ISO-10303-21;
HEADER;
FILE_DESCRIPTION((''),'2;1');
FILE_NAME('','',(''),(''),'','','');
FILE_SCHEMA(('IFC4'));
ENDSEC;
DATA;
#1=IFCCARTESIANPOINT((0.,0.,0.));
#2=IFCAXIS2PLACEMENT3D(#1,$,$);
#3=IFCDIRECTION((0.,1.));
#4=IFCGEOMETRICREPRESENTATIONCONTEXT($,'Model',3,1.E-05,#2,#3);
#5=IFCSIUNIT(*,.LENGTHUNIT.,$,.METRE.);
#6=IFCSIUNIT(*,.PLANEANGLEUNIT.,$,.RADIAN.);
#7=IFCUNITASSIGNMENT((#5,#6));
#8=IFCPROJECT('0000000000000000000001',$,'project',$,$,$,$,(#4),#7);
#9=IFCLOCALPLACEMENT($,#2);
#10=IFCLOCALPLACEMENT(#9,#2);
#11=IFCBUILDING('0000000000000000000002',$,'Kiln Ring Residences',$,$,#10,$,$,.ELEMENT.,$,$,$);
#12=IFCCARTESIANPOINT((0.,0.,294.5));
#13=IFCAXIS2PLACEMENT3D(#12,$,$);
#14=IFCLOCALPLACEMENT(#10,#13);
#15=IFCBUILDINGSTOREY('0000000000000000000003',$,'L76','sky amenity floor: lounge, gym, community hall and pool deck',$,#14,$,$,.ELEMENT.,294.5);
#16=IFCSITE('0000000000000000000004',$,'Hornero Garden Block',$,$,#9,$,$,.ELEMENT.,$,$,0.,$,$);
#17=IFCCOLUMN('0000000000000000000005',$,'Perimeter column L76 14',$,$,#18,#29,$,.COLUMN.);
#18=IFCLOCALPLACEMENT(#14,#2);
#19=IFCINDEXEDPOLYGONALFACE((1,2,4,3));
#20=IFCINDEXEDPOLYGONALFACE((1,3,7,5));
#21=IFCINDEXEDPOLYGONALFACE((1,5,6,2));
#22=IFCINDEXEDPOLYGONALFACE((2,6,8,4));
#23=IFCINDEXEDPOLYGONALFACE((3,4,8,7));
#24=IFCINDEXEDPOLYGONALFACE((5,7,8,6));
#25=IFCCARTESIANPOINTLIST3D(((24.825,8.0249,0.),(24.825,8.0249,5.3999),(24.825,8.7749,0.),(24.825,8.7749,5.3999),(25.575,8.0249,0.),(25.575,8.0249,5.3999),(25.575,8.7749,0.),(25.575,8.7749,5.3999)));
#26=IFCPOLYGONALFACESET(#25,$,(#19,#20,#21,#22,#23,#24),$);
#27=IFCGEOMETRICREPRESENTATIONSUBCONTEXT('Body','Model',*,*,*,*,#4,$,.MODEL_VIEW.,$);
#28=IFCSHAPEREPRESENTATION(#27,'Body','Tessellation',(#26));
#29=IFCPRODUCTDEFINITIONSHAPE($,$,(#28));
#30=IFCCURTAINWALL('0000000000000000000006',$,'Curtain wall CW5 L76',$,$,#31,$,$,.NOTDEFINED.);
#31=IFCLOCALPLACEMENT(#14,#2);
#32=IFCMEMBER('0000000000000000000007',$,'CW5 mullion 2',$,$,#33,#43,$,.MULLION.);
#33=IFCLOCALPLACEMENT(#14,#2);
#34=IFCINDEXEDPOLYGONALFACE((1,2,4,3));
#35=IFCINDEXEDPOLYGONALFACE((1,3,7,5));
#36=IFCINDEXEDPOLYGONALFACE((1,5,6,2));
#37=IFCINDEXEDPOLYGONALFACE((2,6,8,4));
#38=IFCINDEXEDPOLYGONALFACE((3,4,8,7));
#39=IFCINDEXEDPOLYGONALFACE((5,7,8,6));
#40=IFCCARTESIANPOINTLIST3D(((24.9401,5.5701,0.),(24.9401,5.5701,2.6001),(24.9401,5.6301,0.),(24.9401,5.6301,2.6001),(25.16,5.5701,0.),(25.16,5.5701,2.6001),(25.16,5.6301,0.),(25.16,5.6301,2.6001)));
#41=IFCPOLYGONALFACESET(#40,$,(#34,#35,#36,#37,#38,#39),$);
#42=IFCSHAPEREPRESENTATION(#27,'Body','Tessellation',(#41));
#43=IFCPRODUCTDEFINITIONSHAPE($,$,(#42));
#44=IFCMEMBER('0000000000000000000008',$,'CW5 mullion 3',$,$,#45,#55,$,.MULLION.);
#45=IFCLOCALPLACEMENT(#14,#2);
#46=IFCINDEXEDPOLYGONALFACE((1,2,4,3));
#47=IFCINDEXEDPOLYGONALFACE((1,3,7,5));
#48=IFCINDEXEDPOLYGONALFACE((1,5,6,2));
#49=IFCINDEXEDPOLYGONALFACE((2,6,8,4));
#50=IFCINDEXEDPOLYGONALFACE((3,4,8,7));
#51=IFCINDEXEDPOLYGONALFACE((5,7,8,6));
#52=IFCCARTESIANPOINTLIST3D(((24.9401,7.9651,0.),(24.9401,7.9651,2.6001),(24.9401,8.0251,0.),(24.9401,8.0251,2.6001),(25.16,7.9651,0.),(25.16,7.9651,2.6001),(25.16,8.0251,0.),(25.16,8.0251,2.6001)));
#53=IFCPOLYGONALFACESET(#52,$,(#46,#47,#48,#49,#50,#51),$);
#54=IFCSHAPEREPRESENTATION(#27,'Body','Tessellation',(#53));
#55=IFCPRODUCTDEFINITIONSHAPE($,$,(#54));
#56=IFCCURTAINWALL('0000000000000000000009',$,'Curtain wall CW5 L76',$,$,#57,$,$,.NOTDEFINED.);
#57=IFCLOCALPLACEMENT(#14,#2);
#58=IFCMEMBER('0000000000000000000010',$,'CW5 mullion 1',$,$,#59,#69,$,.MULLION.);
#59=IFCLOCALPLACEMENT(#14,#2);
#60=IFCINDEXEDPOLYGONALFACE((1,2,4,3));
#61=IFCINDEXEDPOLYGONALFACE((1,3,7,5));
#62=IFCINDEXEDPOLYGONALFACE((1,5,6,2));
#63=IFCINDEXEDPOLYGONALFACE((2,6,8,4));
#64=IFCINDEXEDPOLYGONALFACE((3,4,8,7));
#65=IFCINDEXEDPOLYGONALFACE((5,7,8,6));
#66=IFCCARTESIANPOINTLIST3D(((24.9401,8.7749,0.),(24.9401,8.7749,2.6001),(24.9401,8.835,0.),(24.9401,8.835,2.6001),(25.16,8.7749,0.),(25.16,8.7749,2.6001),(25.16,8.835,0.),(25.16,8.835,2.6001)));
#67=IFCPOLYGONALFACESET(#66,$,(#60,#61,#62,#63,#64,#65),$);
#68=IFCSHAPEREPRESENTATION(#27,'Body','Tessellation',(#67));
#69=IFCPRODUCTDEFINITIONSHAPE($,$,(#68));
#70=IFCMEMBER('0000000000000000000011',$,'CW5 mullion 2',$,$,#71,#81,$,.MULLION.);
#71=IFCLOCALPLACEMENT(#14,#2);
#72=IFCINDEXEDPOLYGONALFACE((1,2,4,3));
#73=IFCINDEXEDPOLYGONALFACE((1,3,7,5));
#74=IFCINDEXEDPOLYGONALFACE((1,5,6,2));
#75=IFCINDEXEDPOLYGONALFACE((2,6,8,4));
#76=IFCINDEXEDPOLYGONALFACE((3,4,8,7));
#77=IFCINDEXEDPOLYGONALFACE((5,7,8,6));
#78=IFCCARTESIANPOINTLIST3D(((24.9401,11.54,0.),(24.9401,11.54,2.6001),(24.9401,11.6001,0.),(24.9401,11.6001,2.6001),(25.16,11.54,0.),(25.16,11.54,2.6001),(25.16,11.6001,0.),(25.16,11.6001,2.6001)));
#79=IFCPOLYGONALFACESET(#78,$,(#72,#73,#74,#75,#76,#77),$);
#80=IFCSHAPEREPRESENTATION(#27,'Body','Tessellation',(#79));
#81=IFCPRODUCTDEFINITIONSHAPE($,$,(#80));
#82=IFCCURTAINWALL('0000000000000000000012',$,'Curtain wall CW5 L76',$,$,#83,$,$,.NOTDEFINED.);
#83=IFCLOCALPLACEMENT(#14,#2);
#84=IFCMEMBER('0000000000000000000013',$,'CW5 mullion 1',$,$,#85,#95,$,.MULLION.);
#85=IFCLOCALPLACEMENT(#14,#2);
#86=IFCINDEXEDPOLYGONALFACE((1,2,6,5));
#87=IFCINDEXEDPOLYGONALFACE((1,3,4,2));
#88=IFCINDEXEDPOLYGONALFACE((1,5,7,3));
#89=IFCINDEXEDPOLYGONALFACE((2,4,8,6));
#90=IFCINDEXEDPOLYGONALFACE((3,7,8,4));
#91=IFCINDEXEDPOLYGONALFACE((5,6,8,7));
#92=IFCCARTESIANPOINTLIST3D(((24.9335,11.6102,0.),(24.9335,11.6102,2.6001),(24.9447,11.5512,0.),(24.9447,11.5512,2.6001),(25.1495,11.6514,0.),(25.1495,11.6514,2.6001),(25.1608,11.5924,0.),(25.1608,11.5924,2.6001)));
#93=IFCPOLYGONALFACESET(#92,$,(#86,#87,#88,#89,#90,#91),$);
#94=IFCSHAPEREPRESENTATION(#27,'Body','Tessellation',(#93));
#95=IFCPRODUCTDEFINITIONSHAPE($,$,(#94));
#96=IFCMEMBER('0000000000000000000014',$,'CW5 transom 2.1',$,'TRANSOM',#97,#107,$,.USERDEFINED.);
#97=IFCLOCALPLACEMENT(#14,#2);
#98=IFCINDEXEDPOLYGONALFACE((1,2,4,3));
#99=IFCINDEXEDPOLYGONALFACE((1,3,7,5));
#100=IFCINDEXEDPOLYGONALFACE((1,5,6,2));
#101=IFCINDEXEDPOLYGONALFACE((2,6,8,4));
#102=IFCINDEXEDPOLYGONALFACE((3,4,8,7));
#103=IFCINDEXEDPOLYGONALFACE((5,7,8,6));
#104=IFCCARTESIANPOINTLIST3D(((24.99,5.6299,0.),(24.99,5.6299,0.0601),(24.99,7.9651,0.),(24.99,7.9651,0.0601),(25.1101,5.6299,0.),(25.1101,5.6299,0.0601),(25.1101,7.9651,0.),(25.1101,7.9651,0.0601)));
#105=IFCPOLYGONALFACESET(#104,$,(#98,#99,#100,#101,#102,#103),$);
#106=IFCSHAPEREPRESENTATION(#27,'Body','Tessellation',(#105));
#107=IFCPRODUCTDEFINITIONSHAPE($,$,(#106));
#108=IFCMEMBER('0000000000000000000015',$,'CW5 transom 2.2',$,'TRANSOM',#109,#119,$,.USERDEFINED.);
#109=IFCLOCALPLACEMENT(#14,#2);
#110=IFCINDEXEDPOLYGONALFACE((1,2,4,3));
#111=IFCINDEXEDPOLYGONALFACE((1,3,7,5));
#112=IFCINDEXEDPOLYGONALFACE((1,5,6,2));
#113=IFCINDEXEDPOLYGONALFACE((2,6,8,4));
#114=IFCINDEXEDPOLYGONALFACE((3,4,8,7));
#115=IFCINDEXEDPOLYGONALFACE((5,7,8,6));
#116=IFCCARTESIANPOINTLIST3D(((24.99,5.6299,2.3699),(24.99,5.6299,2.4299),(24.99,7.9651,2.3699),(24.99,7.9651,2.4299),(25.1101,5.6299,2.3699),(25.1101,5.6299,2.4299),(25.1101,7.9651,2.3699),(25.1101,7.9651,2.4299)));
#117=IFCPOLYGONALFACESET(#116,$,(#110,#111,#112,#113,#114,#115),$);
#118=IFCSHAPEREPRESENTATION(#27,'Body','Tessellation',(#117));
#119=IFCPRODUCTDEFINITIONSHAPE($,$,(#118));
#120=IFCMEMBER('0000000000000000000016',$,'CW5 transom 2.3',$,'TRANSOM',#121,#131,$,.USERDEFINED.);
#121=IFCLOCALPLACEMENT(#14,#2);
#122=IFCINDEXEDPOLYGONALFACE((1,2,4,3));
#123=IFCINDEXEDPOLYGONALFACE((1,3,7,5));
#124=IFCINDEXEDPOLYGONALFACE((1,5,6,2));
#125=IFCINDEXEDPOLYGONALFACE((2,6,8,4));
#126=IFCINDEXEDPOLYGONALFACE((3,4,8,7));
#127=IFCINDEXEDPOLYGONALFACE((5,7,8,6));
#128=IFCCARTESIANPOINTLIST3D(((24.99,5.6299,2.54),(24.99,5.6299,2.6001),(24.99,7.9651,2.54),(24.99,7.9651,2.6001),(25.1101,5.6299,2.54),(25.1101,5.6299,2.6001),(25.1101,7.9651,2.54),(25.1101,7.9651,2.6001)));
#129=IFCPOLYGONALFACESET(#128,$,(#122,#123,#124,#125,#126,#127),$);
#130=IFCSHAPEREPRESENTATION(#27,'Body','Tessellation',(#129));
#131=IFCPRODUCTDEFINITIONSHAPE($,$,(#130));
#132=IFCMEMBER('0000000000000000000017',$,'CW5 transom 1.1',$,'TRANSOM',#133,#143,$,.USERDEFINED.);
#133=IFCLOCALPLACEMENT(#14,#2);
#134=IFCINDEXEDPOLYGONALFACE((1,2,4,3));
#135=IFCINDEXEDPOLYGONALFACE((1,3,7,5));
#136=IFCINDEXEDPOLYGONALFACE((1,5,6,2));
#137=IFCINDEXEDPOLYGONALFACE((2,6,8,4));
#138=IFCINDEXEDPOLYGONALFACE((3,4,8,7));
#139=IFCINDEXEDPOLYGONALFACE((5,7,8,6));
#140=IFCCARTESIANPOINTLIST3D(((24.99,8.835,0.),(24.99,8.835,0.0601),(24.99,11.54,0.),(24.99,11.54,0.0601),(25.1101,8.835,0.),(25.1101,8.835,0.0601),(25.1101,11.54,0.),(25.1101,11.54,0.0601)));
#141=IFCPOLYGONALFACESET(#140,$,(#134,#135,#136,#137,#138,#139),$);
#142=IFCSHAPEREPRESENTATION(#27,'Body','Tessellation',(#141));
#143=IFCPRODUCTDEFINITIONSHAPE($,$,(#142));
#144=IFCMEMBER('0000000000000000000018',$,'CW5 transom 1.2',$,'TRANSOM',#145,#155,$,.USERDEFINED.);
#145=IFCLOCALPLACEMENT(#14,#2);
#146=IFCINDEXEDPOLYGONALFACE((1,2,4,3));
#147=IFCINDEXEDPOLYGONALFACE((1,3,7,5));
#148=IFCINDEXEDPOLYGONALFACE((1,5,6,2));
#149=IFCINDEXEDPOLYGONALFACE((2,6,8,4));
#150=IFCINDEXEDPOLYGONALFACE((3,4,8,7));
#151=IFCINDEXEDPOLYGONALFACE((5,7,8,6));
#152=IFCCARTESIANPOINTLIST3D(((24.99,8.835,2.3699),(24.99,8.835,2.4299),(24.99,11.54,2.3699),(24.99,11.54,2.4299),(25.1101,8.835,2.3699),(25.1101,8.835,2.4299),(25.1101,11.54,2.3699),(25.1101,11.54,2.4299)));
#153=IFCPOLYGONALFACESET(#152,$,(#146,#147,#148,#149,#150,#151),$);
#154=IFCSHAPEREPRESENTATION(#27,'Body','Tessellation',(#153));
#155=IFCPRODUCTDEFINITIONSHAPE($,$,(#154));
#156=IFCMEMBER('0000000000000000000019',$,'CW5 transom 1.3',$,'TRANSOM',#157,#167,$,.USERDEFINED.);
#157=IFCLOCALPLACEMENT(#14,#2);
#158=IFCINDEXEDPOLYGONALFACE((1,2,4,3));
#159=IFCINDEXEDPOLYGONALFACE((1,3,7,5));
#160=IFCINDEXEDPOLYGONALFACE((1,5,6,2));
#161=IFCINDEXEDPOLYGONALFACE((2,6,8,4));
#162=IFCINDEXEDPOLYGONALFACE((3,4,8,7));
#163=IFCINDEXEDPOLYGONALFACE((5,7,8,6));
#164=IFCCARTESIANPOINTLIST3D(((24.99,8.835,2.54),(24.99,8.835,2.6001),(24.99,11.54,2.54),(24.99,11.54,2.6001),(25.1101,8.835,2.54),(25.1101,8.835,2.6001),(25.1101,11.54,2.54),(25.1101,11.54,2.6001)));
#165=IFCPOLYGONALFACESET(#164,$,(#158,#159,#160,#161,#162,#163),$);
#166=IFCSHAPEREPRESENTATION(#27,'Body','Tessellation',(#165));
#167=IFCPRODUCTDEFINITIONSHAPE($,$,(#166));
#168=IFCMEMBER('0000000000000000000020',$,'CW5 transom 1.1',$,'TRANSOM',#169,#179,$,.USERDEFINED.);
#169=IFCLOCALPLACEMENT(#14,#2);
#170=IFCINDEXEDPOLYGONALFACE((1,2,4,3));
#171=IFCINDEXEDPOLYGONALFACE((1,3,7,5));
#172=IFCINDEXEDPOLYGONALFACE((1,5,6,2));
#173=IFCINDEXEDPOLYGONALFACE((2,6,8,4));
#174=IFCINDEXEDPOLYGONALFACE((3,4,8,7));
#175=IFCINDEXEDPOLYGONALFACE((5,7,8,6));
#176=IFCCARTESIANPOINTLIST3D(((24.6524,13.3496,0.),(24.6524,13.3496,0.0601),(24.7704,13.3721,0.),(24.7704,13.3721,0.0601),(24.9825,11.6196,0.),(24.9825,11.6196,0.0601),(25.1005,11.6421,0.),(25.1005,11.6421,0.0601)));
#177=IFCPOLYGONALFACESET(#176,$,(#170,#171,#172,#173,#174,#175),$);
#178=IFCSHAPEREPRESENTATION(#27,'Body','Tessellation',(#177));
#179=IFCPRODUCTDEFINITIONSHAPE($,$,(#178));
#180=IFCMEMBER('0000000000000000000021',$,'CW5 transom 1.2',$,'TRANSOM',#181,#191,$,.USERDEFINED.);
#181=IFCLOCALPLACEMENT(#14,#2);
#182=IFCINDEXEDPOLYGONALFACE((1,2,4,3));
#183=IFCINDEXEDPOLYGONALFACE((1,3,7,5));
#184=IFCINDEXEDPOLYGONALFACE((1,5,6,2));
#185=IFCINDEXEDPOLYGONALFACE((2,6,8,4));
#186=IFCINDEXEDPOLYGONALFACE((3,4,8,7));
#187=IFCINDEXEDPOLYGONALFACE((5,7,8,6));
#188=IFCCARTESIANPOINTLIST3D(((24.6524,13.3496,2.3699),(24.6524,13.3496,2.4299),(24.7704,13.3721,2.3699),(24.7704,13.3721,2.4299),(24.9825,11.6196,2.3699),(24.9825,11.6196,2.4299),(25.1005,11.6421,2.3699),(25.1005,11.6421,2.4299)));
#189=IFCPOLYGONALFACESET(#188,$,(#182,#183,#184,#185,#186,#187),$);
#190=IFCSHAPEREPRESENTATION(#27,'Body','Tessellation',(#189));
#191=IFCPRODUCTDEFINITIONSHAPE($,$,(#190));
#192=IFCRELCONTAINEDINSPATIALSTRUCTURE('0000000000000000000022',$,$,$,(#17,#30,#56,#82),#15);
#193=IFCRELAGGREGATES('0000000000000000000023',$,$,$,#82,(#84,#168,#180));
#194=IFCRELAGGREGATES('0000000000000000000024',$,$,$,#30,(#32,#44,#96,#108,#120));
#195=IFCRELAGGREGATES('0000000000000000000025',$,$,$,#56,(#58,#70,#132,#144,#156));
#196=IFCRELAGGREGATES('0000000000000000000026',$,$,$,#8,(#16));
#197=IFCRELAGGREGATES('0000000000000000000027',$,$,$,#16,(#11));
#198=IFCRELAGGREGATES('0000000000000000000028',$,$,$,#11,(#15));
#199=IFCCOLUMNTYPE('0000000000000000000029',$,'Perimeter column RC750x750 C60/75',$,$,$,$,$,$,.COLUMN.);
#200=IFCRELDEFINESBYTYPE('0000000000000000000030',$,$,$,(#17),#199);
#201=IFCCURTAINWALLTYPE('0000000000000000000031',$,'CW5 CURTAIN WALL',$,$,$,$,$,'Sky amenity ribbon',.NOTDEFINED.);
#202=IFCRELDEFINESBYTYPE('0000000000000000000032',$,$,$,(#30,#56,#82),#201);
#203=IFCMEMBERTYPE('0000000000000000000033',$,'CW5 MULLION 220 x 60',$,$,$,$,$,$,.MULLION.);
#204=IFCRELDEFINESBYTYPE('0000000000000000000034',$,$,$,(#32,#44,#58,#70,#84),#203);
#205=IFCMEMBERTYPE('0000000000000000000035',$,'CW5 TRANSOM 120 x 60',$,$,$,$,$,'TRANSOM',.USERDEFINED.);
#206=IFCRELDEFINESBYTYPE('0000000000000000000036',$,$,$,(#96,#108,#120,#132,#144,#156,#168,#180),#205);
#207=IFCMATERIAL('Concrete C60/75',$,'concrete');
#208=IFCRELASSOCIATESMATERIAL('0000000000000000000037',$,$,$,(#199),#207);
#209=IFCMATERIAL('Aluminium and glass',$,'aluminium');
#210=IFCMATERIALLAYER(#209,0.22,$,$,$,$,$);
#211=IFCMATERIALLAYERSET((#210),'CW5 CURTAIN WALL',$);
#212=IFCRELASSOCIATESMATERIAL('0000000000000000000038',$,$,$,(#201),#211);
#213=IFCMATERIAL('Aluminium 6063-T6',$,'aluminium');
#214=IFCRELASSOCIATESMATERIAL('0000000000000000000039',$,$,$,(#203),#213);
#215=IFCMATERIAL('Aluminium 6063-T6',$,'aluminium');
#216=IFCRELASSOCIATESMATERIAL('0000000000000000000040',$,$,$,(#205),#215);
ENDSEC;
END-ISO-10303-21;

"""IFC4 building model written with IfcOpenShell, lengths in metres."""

from ifc_helpers import new_model, si_unit, direction, frame, origin, origin_2d, place, context, subcontext, project, spatial, rectangle, extrude, material, layer, layer_set, material_profile, profile_set, type_object, element, aggregate, save


model = new_model("IFC4")

# Units and contexts
model_context = context("Model", 3, precision=1e-05, world=origin(), true_north=direction((0.0, 1.0)))
body_context = subcontext(model_context, "Body", "Model", "MODEL_VIEW")
ifc_project = project(units=[si_unit("LENGTHUNIT", "METRE"), si_unit("PLANEANGLEUNIT", "RADIAN")], contexts=[model_context])

# Site, building, storey
site_placement = place(None, origin())
site = spatial("IfcSite", under=ifc_project, at=site_placement, Name="Hornero Garden Block", CompositionType="ELEMENT", RefElevation=0.0)
building_placement = place(site_placement, origin())
building = spatial("IfcBuilding", under=site, at=building_placement, Name="Kiln Ring Residences", CompositionType="ELEMENT")
storey_placement = place(building_placement, frame((0.0, 0.0, 294.5)))
storey = spatial("IfcBuildingStorey", under=building, at=storey_placement, Name="L76", Description="sky amenity floor: lounge, gym, community hall and pool deck", CompositionType="ELEMENT", Elevation=294.5)

# Column
ifc_material_1 = material(Name="Concrete C60/75", Category="concrete")
ifc_material_profile_1 = material_profile(ifc_material_1, rectangle(XDim=0.75, YDim=0.75, at=origin_2d()), Name="RC750x750")
ifc_profile_set_1 = profile_set([ifc_material_profile_1], Name="Concrete C60/75")
column_type = type_object("IfcColumnType", Name="Perimeter column RC750x750 C60/75", PredefinedType="COLUMN", material=ifc_profile_set_1)
column_placement = place(storey_placement, frame((25.2, 8.3999, 0.0), z_axis=(0.0, 0.0, 1.0), x_axis=(1.0, 0.0, 0.0)))
element("IfcColumn", 1, at=column_placement, inside=storey, type_object=column_type, Name="Perimeter column L76 14", PredefinedType="COLUMN", context=body_context, shape_type="SweptSolid", body=[
    extrude(rectangle(XDim=0.75, YDim=0.75, at=origin_2d()), origin(), (0.0, 0.0, 1.0), 5.3999),
])

# Curtain walls, members
ifc_material_2 = material(Name="Aluminium and glass", Category="aluminium")
ifc_layer_1 = layer(ifc_material_2, 0.22)
ifc_layer_set_1 = layer_set([ifc_layer_1], Name="CW5 CURTAIN WALL")
curtain_wall_type = type_object("IfcCurtainWallType", Name="CW5 CURTAIN WALL", ElementType="Sky amenity ribbon", PredefinedType="NOTDEFINED", material=ifc_layer_set_1)
placement = place(storey_placement, origin())
curtain_wall_1 = element("IfcCurtainWall", 2, at=placement, inside=storey, type_object=curtain_wall_type, Name="Curtain wall CW5 L76", PredefinedType="NOTDEFINED")
ifc_material_3 = material(Name="Aluminium 6063-T6", Category="aluminium")
ifc_material_profile_2 = material_profile(ifc_material_3, rectangle(XDim=0.22, YDim=0.0601, at=origin_2d()), Name="AL 220x60")
ifc_profile_set_2 = profile_set([ifc_material_profile_2], Name="Aluminium 6063-T6")
member_type_1 = type_object("IfcMemberType", Name="CW5 MULLION 220 x 60", PredefinedType="MULLION", material=ifc_profile_set_2)
member_1_placement = place(storey_placement, frame((25.05, 5.6001, 0.0), z_axis=(0.0, 0.0, 1.0), x_axis=(-1.0, 0.0, 0.0)))
member_1 = element("IfcMember", 3, at=member_1_placement, type_object=member_type_1, Name="CW5 mullion 2", PredefinedType="MULLION", context=body_context, shape_type="SweptSolid", body=[
    extrude(rectangle(XDim=0.22, YDim=0.0601, at=origin_2d()), origin(), (0.0, 0.0, 1.0), 2.6001),
])
member_2_placement = place(storey_placement, frame((25.05, 7.9951, 0.0), z_axis=(0.0, 0.0, 1.0), x_axis=(-1.0, 0.0, 0.0)))
member_2 = element("IfcMember", 4, at=member_2_placement, type_object=member_type_1, Name="CW5 mullion 3", PredefinedType="MULLION", context=body_context, shape_type="SweptSolid", body=[
    extrude(rectangle(XDim=0.22, YDim=0.0601, at=origin_2d()), origin(), (0.0, 0.0, 1.0), 2.6001),
])
curtain_wall_2 = element("IfcCurtainWall", 5, at=placement, inside=storey, type_object=curtain_wall_type, Name="Curtain wall CW5 L76", PredefinedType="NOTDEFINED")
member_3_placement = place(storey_placement, frame((25.05, 8.8049, 0.0), z_axis=(0.0, 0.0, 1.0), x_axis=(-1.0, 0.0, 0.0)))
member_3 = element("IfcMember", 6, at=member_3_placement, type_object=member_type_1, Name="CW5 mullion 1", PredefinedType="MULLION", context=body_context, shape_type="SweptSolid", body=[
    extrude(rectangle(XDim=0.22, YDim=0.0601, at=origin_2d()), origin(), (0.0, 0.0, 1.0), 2.6001),
])
member_4_placement = place(storey_placement, frame((25.05, 11.5701, 0.0), z_axis=(0.0, 0.0, 1.0), x_axis=(-1.0, 0.0, 0.0)))
member_4 = element("IfcMember", 7, at=member_4_placement, type_object=member_type_1, Name="CW5 mullion 2", PredefinedType="MULLION", context=body_context, shape_type="SweptSolid", body=[
    extrude(rectangle(XDim=0.22, YDim=0.0601, at=origin_2d()), origin(), (0.0, 0.0, 1.0), 2.6001),
])

# Curtain wall, member
curtain_wall_3 = element("IfcCurtainWall", 8, at=placement, inside=storey, type_object=curtain_wall_type, Name="Curtain wall CW5 L76", PredefinedType="NOTDEFINED")
member_5_placement = place(storey_placement, frame((25.0471, 11.6013, 0.0), z_axis=(0.0, 0.0, 1.0), x_axis=(-0.98229, -0.187366, 0.0)))
member_5 = element("IfcMember", 9, at=member_5_placement, type_object=member_type_1, Name="CW5 mullion 1", PredefinedType="MULLION", context=body_context, shape_type="SweptSolid", body=[
    extrude(rectangle(XDim=0.22, YDim=0.0601, at=origin_2d()), origin(), (0.0, 0.0, 1.0), 2.6001),
])

# Members
ifc_material_4 = material(Name="Aluminium 6063-T6", Category="aluminium")
ifc_material_profile_3 = material_profile(ifc_material_4, rectangle(XDim=0.1201, YDim=0.0601, at=origin_2d()), Name="AL 120x60")
ifc_profile_set_3 = profile_set([ifc_material_profile_3], Name="Aluminium 6063-T6")
member_type_2 = type_object("IfcMemberType", Name="CW5 TRANSOM 120 x 60", ElementType="TRANSOM", PredefinedType="USERDEFINED", material=ifc_profile_set_3)
member_6_placement = place(storey_placement, frame((25.05, 5.6299, 0.03), z_axis=(0.0, 1.0, 0.0), x_axis=(-1.0, 0.0, 0.0)))
member_6 = element("IfcMember", 10, at=member_6_placement, type_object=member_type_2, Name="CW5 transom 2.1", ObjectType="TRANSOM", PredefinedType="USERDEFINED", context=body_context, shape_type="SweptSolid", body=[
    extrude(rectangle(XDim=0.1201, YDim=0.0601, at=origin_2d()), origin(), (0.0, 0.0, 1.0), 2.3352),
])
member_7_placement = place(storey_placement, frame((25.05, 5.6299, 2.3999), z_axis=(0.0, 1.0, 0.0), x_axis=(-1.0, 0.0, 0.0)))
member_7 = element("IfcMember", 11, at=member_7_placement, type_object=member_type_2, Name="CW5 transom 2.2", ObjectType="TRANSOM", PredefinedType="USERDEFINED", context=body_context, shape_type="SweptSolid", body=[
    extrude(rectangle(XDim=0.1201, YDim=0.0601, at=origin_2d()), origin(), (0.0, 0.0, 1.0), 2.3352),
])
member_8_placement = place(storey_placement, frame((25.05, 5.6299, 2.5701), z_axis=(0.0, 1.0, 0.0), x_axis=(-1.0, 0.0, 0.0)))
member_8 = element("IfcMember", 12, at=member_8_placement, type_object=member_type_2, Name="CW5 transom 2.3", ObjectType="TRANSOM", PredefinedType="USERDEFINED", context=body_context, shape_type="SweptSolid", body=[
    extrude(rectangle(XDim=0.1201, YDim=0.0601, at=origin_2d()), origin(), (0.0, 0.0, 1.0), 2.3352),
])
member_9_placement = place(storey_placement, frame((25.05, 8.835, 0.03), z_axis=(0.0, 1.0, 0.0), x_axis=(-1.0, 0.0, 0.0)))
member_9 = element("IfcMember", 13, at=member_9_placement, type_object=member_type_2, Name="CW5 transom 1.1", ObjectType="TRANSOM", PredefinedType="USERDEFINED", context=body_context, shape_type="SweptSolid", body=[
    extrude(rectangle(XDim=0.1201, YDim=0.0601, at=origin_2d()), origin(), (0.0, 0.0, 1.0), 2.7051),
])
member_10_placement = place(storey_placement, frame((25.05, 8.835, 2.3999), z_axis=(0.0, 1.0, 0.0), x_axis=(-1.0, 0.0, 0.0)))
member_10 = element("IfcMember", 14, at=member_10_placement, type_object=member_type_2, Name="CW5 transom 1.2", ObjectType="TRANSOM", PredefinedType="USERDEFINED", context=body_context, shape_type="SweptSolid", body=[
    extrude(rectangle(XDim=0.1201, YDim=0.0601, at=origin_2d()), origin(), (0.0, 0.0, 1.0), 2.7051),
])
member_11_placement = place(storey_placement, frame((25.05, 8.835, 2.5701), z_axis=(0.0, 1.0, 0.0), x_axis=(-1.0, 0.0, 0.0)))
member_11 = element("IfcMember", 15, at=member_11_placement, type_object=member_type_2, Name="CW5 transom 1.3", ObjectType="TRANSOM", PredefinedType="USERDEFINED", context=body_context, shape_type="SweptSolid", body=[
    extrude(rectangle(XDim=0.1201, YDim=0.0601, at=origin_2d()), origin(), (0.0, 0.0, 1.0), 2.7051),
])
member_12_placement = place(storey_placement, frame((25.0415, 11.6309, 0.03), z_axis=(-0.187418, 0.98228, 0.0), x_axis=(-0.98228, -0.187418, 0.0)))
member_12 = element("IfcMember", 16, at=member_12_placement, type_object=member_type_2, Name="CW5 transom 1.1", ObjectType="TRANSOM", PredefinedType="USERDEFINED", context=body_context, shape_type="SweptSolid", body=[
    extrude(rectangle(XDim=0.1201, YDim=0.0601, at=origin_2d()), origin(), (0.0, 0.0, 1.0), 1.7612),
])
member_13_placement = place(storey_placement, frame((25.0415, 11.6309, 2.3999), z_axis=(-0.187418, 0.98228, 0.0), x_axis=(-0.98228, -0.187418, 0.0)))
member_13 = element("IfcMember", 17, at=member_13_placement, type_object=member_type_2, Name="CW5 transom 1.2", ObjectType="TRANSOM", PredefinedType="USERDEFINED", context=body_context, shape_type="SweptSolid", body=[
    extrude(rectangle(XDim=0.1201, YDim=0.0601, at=origin_2d()), origin(), (0.0, 0.0, 1.0), 1.7612),
])
aggregate(curtain_wall_3, [member_5, member_12, member_13])

aggregate(curtain_wall_1, [member_1, member_2, member_6, member_7, member_8])
aggregate(curtain_wall_2, [member_3, member_4, member_9, member_10, member_11])

save(model, "model.ifc")
